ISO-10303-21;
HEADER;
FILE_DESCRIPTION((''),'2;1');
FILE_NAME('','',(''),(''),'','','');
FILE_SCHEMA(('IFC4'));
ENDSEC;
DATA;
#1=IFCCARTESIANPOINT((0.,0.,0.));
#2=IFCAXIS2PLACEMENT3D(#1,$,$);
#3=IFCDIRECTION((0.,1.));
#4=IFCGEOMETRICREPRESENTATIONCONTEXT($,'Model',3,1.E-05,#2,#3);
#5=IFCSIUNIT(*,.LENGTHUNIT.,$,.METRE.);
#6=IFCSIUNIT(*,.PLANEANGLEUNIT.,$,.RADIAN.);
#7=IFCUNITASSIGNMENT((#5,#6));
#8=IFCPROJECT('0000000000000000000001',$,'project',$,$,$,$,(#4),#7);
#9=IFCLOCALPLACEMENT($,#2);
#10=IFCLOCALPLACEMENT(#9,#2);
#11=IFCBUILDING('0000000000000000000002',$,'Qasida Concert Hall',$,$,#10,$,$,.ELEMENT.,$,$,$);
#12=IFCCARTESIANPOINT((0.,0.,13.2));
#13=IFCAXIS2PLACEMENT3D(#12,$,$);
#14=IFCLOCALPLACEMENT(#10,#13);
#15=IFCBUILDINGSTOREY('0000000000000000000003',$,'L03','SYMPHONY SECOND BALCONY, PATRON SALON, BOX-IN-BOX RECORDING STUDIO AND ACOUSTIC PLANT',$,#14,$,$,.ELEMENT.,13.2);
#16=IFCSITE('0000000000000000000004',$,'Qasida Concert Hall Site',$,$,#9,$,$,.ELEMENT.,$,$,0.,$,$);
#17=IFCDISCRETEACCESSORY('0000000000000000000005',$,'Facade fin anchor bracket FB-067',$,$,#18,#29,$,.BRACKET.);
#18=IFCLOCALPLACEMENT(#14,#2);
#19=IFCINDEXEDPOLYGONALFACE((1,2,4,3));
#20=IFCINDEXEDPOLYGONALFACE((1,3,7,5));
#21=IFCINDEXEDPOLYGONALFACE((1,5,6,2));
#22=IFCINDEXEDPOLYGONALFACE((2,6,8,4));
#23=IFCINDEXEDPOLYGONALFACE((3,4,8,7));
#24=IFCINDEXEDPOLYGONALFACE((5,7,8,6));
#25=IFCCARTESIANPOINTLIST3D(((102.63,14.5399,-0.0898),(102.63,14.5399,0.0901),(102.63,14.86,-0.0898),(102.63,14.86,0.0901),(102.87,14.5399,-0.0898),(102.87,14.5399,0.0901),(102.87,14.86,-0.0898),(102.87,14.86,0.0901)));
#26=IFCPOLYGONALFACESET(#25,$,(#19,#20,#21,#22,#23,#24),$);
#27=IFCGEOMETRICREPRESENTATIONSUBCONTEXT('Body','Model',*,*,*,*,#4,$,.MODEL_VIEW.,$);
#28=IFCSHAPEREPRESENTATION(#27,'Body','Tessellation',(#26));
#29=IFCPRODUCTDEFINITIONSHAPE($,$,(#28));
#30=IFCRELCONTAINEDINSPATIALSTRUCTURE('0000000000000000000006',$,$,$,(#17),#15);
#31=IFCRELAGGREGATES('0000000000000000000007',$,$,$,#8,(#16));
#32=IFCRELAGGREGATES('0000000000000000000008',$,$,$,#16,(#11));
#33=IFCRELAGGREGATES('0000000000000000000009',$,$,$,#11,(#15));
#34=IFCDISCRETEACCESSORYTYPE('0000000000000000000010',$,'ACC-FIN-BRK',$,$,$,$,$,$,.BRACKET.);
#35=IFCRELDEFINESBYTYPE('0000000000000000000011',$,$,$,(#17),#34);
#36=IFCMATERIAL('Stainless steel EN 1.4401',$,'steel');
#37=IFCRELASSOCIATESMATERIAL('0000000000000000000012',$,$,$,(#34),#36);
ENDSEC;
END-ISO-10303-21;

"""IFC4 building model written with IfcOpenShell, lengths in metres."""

from ifc_helpers import new_model, si_unit, direction, frame, origin, origin_2d, place, context, subcontext, project, spatial, rectangle, extrude, material, type_object, element, save


model = new_model("IFC4")

# Units and contexts
model_context = context("Model", 3, precision=1e-05, world=origin(), true_north=direction((0.0, 1.0)))
body_context = subcontext(model_context, "Body", "Model", "MODEL_VIEW")
ifc_project = project(units=[si_unit("LENGTHUNIT", "METRE"), si_unit("PLANEANGLEUNIT", "RADIAN")], contexts=[model_context])

# Site, building, storey
site_placement = place(None, origin())
site = spatial("IfcSite", under=ifc_project, at=site_placement, Name="Qasida Concert Hall Site", CompositionType="ELEMENT", RefElevation=0.0)
building_placement = place(site_placement, origin())
building = spatial("IfcBuilding", under=site, at=building_placement, Name="Qasida Concert Hall", CompositionType="ELEMENT")
storey_placement = place(building_placement, frame((0.0, 0.0, 13.2)))
storey = spatial("IfcBuildingStorey", under=building, at=storey_placement, Name="L03", Description="SYMPHONY SECOND BALCONY, PATRON SALON, BOX-IN-BOX RECORDING STUDIO AND ACOUSTIC PLANT", CompositionType="ELEMENT", Elevation=13.2)

# Discrete accessory
ifc_material_1 = material(Name="Stainless steel EN 1.4401", Category="steel")
discrete_accessory_type = type_object("IfcDiscreteAccessoryType", Name="ACC-FIN-BRK", PredefinedType="BRACKET", material=ifc_material_1)
discrete_accessory_placement = place(storey_placement, frame((102.75, 14.7, -0.0898), z_axis=(0.0, 0.0, 1.0), x_axis=(1.0, 0.0, 0.0)))
element("IfcDiscreteAccessory", 1, at=discrete_accessory_placement, inside=storey, type_object=discrete_accessory_type, Name="Facade fin anchor bracket FB-067", PredefinedType="BRACKET", context=body_context, shape_type="SweptSolid", body=[
    extrude(rectangle(XDim=0.24, YDim=0.3201, at=origin_2d()), origin(), (0.0, 0.0, 1.0), 0.1799),
])

save(model, "model.ifc")
